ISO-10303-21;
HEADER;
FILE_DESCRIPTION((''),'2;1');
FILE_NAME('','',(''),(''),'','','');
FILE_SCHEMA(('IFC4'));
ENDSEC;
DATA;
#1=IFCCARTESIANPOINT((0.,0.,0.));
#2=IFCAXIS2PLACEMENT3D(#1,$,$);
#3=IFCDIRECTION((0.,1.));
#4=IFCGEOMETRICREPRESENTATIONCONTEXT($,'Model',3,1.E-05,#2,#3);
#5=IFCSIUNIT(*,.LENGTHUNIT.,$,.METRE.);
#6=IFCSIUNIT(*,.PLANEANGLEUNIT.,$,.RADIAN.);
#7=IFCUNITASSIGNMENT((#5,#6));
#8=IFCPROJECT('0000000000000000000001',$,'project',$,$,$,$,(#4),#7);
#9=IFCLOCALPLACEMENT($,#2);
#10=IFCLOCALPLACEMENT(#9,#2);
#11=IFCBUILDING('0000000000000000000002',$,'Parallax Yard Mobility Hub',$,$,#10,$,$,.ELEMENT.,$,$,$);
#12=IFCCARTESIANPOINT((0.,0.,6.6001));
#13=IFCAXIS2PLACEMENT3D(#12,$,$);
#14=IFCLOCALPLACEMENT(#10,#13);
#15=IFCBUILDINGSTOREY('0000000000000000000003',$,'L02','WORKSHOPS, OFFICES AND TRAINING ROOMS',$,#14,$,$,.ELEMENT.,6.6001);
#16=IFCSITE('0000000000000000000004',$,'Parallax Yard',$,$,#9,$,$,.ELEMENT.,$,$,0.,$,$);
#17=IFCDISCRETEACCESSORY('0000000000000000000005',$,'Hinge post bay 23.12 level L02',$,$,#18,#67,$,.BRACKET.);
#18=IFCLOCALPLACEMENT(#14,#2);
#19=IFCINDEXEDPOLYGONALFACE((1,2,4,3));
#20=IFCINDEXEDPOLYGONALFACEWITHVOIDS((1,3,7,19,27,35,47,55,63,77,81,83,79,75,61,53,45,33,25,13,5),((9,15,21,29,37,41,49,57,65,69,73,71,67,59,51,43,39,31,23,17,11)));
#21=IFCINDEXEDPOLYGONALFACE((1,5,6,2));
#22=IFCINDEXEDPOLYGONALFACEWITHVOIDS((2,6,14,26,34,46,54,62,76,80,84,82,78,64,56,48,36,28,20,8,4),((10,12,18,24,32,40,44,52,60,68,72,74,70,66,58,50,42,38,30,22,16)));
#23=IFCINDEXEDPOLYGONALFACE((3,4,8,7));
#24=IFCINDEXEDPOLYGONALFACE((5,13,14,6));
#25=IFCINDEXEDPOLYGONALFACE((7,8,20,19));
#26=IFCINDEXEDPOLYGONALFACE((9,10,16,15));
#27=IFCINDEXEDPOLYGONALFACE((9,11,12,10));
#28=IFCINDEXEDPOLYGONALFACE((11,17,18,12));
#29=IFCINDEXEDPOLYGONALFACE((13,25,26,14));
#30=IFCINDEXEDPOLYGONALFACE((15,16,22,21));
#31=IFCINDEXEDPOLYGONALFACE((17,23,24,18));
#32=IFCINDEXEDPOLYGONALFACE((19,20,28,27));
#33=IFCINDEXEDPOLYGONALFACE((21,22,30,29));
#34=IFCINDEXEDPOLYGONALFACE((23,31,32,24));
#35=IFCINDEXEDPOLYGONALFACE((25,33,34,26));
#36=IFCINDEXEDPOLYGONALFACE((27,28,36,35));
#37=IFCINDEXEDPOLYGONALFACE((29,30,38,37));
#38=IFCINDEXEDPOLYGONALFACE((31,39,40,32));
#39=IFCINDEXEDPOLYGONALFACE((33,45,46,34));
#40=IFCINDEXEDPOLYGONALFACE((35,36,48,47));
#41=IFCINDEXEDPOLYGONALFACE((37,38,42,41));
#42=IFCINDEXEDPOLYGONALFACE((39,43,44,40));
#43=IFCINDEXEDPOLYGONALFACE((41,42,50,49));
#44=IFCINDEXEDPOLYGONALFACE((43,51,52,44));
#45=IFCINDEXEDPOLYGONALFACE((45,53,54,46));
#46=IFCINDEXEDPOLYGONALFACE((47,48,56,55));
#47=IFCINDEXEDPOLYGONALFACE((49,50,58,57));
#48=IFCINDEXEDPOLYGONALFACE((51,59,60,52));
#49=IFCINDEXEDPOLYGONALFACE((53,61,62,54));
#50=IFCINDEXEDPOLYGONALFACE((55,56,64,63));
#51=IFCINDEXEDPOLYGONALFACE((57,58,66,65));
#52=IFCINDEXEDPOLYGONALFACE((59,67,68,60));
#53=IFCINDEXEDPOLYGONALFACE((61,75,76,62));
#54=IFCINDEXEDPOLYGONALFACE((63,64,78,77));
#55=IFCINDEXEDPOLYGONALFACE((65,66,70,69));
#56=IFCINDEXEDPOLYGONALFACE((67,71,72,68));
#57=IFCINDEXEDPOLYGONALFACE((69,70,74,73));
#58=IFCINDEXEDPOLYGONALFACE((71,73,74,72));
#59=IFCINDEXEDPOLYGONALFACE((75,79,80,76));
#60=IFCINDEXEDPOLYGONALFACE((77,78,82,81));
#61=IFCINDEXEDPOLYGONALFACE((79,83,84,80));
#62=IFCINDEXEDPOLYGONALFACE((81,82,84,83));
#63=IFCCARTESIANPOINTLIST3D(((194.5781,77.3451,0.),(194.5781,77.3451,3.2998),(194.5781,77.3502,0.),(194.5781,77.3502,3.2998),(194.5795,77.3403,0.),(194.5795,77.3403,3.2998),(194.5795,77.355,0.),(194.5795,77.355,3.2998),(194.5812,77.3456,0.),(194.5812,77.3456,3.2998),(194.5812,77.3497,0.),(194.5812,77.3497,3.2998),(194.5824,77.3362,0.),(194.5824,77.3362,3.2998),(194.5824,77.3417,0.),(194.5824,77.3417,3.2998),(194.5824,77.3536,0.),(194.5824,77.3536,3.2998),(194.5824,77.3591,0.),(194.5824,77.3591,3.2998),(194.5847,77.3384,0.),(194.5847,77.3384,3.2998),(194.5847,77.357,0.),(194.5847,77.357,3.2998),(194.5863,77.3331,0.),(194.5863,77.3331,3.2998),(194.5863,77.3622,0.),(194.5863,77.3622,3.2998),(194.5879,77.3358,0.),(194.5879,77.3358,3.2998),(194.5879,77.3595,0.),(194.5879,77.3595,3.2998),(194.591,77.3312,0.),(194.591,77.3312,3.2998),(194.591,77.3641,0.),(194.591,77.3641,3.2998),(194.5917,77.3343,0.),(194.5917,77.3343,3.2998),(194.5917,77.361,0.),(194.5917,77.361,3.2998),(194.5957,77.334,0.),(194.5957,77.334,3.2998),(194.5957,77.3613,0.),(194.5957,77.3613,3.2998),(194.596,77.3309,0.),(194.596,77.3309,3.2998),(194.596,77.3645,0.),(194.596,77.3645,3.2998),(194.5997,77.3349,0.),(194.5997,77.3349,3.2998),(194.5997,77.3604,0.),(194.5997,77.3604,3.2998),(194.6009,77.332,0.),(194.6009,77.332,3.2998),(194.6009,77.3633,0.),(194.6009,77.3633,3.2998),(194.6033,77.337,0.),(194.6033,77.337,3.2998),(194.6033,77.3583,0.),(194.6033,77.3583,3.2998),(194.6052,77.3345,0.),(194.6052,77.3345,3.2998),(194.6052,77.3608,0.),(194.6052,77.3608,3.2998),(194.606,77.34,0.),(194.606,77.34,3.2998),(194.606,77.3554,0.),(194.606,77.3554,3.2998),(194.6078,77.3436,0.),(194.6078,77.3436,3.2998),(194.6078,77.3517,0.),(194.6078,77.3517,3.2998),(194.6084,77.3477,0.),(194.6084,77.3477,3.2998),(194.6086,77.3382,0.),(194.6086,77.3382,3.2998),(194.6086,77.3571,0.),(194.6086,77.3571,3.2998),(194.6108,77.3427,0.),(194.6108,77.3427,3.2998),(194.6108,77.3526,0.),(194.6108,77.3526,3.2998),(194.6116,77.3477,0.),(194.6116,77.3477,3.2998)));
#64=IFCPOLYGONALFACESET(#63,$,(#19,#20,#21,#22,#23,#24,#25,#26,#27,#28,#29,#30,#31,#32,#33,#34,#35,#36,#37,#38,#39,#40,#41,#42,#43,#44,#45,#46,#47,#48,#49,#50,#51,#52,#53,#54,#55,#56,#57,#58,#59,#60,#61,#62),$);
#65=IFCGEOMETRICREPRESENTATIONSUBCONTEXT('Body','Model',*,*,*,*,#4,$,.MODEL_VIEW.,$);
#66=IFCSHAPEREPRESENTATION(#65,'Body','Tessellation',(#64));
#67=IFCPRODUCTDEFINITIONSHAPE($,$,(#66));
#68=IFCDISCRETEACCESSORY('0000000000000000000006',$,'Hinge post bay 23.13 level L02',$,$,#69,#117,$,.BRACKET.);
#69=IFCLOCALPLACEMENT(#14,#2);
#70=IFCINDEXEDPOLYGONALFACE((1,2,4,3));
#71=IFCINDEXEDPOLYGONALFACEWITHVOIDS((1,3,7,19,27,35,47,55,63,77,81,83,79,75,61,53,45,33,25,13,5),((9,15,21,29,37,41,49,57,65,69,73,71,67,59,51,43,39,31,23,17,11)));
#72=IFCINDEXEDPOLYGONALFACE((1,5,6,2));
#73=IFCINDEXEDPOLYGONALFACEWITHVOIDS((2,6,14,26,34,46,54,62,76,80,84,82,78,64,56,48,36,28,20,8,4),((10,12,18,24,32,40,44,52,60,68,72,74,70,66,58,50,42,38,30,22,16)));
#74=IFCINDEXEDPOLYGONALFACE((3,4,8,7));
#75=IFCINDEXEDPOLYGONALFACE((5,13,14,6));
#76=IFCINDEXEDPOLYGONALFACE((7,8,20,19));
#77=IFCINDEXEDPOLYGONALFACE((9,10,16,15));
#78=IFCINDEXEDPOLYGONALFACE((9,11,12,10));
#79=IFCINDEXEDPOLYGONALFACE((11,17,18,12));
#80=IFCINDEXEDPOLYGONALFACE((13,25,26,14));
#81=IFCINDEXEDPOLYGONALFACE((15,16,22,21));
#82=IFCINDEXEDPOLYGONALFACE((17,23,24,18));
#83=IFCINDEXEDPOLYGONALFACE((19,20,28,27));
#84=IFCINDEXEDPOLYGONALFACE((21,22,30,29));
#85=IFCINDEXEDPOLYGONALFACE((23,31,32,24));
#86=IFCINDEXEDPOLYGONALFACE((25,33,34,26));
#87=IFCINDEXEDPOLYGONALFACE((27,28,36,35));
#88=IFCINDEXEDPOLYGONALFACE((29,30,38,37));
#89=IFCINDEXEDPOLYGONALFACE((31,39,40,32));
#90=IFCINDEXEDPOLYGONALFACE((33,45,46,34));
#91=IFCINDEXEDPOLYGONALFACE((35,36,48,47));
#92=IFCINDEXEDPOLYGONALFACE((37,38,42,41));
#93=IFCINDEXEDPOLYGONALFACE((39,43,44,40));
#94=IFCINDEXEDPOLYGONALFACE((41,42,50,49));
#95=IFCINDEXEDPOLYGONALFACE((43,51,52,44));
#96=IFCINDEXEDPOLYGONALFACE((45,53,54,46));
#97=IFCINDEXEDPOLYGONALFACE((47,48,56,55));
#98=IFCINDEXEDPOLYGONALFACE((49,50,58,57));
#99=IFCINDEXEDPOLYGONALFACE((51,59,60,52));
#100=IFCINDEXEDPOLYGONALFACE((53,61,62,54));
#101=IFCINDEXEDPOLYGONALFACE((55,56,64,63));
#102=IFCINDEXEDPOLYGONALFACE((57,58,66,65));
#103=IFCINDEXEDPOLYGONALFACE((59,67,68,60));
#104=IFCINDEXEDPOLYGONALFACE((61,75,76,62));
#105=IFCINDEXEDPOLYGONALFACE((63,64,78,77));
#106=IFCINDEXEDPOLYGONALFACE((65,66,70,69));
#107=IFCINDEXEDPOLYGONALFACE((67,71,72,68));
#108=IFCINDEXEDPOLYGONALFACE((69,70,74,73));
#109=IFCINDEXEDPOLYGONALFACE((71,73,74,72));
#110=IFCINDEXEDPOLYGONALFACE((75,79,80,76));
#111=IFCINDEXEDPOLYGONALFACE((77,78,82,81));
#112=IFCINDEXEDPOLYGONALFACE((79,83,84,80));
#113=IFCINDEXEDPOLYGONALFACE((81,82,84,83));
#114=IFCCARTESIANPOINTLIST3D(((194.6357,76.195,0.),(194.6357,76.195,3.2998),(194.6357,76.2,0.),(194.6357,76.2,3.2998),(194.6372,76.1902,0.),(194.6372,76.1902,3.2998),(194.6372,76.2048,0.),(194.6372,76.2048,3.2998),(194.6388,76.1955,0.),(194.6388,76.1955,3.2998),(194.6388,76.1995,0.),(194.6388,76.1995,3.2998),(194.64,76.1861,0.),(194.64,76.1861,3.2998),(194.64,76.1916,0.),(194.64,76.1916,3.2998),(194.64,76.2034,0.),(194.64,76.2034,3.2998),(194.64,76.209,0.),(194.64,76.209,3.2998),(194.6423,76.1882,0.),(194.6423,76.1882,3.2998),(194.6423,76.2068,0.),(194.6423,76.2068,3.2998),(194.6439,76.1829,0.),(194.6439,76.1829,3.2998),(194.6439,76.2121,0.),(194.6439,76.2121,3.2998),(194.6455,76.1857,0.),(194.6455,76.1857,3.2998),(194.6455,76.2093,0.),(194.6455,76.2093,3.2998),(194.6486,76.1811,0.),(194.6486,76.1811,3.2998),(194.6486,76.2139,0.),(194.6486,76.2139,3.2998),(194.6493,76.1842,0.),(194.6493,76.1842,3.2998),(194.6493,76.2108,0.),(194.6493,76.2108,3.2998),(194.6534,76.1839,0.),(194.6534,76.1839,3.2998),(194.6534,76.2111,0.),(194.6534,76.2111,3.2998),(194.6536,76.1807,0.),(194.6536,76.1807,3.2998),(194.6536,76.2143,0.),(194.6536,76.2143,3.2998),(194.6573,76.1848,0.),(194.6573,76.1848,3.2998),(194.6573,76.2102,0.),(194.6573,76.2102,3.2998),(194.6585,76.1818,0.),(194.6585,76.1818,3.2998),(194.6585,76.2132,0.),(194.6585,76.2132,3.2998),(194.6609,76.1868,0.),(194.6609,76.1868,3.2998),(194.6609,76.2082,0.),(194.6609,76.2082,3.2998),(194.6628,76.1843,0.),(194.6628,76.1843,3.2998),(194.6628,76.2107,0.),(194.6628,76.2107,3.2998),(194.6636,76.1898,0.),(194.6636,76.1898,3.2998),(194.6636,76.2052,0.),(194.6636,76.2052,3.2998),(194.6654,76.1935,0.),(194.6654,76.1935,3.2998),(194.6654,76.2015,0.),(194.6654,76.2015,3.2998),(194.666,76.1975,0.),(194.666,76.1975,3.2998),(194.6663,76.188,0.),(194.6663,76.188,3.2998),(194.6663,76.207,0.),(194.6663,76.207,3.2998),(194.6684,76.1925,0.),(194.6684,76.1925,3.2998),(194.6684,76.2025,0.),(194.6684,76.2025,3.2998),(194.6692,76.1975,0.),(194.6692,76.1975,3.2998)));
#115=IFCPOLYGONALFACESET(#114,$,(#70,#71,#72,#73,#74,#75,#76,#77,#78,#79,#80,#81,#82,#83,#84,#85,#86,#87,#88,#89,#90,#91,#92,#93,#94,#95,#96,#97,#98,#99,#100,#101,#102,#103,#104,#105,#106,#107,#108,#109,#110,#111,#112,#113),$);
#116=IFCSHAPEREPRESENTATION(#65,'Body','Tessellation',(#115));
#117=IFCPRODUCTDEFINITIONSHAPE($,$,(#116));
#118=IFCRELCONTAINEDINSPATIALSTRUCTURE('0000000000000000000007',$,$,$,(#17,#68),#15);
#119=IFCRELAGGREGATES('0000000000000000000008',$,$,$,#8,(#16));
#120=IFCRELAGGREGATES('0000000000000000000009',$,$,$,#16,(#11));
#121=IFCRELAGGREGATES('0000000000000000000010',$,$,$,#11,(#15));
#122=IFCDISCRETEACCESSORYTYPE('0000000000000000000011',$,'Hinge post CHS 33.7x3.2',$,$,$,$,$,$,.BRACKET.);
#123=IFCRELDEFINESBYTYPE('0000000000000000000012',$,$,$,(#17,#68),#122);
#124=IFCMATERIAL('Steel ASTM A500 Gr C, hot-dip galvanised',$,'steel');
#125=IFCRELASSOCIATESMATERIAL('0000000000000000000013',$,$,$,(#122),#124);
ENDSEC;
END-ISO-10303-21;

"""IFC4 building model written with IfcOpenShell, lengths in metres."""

from ifc_helpers import new_model, si_unit, direction, frame, origin, origin_2d, place, context, subcontext, project, spatial, hollow_circle, extrude, material, material_profile, profile_set, type_object, element, save


model = new_model("IFC4")

# Units and contexts
model_context = context("Model", 3, precision=1e-05, world=origin(), true_north=direction((0.0, 1.0)))
body_context = subcontext(model_context, "Body", "Model", "MODEL_VIEW")
ifc_project = project(units=[si_unit("LENGTHUNIT", "METRE"), si_unit("PLANEANGLEUNIT", "RADIAN")], contexts=[model_context])

# Site, building, storey
site_placement = place(None, origin())
site = spatial("IfcSite", under=ifc_project, at=site_placement, Name="Parallax Yard", CompositionType="ELEMENT", RefElevation=0.0)
building_placement = place(site_placement, origin())
building = spatial("IfcBuilding", under=site, at=building_placement, Name="Parallax Yard Mobility Hub", CompositionType="ELEMENT")
storey_placement = place(building_placement, frame((0.0, 0.0, 6.6001)))
storey = spatial("IfcBuildingStorey", under=building, at=storey_placement, Name="L02", Description="WORKSHOPS, OFFICES AND TRAINING ROOMS", CompositionType="ELEMENT", Elevation=6.6001)

# Discrete accessories
ifc_material_1 = material(Name="Steel ASTM A500 Gr C, hot-dip galvanised", Category="steel")
ifc_material_profile = material_profile(ifc_material_1, hollow_circle(Radius=0.0168, WallThickness=0.0032, at=origin_2d()), Name="CHS 33.7x3.2")
ifc_profile_set = profile_set([ifc_material_profile], Name="Steel ASTM A500 Gr C, hot-dip galvanised")
discrete_accessory_type_1 = type_object("IfcDiscreteAccessoryType", Name="Hinge post CHS 33.7x3.2", PredefinedType="BRACKET", material=ifc_profile_set)
for number, where, z_axis, x_axis, name in (
    (1, (194.5947, 77.3477, 0.0), (0.0, 0.0, 1.0), (1.0, 0.0, 0.0), "Hinge post bay 23.12 level L02"),
    (2, (194.6523, 76.1975, 0.0), (0.0, 0.0, 1.0), (1.0, 0.0, 0.0), "Hinge post bay 23.13 level L02"),
):
    element("IfcDiscreteAccessory", number, at=place(storey_placement, frame(where, z_axis=z_axis, x_axis=x_axis)), inside=storey, type_object=discrete_accessory_type_1, Name=name, PredefinedType="BRACKET", context=body_context, shape_type="SweptSolid", body=[
        extrude(hollow_circle(Radius=0.0168, WallThickness=0.0032, at=origin_2d()), origin(), (0.0, 0.0, 1.0), 3.2998),
    ])

save(model, "model.ifc")
